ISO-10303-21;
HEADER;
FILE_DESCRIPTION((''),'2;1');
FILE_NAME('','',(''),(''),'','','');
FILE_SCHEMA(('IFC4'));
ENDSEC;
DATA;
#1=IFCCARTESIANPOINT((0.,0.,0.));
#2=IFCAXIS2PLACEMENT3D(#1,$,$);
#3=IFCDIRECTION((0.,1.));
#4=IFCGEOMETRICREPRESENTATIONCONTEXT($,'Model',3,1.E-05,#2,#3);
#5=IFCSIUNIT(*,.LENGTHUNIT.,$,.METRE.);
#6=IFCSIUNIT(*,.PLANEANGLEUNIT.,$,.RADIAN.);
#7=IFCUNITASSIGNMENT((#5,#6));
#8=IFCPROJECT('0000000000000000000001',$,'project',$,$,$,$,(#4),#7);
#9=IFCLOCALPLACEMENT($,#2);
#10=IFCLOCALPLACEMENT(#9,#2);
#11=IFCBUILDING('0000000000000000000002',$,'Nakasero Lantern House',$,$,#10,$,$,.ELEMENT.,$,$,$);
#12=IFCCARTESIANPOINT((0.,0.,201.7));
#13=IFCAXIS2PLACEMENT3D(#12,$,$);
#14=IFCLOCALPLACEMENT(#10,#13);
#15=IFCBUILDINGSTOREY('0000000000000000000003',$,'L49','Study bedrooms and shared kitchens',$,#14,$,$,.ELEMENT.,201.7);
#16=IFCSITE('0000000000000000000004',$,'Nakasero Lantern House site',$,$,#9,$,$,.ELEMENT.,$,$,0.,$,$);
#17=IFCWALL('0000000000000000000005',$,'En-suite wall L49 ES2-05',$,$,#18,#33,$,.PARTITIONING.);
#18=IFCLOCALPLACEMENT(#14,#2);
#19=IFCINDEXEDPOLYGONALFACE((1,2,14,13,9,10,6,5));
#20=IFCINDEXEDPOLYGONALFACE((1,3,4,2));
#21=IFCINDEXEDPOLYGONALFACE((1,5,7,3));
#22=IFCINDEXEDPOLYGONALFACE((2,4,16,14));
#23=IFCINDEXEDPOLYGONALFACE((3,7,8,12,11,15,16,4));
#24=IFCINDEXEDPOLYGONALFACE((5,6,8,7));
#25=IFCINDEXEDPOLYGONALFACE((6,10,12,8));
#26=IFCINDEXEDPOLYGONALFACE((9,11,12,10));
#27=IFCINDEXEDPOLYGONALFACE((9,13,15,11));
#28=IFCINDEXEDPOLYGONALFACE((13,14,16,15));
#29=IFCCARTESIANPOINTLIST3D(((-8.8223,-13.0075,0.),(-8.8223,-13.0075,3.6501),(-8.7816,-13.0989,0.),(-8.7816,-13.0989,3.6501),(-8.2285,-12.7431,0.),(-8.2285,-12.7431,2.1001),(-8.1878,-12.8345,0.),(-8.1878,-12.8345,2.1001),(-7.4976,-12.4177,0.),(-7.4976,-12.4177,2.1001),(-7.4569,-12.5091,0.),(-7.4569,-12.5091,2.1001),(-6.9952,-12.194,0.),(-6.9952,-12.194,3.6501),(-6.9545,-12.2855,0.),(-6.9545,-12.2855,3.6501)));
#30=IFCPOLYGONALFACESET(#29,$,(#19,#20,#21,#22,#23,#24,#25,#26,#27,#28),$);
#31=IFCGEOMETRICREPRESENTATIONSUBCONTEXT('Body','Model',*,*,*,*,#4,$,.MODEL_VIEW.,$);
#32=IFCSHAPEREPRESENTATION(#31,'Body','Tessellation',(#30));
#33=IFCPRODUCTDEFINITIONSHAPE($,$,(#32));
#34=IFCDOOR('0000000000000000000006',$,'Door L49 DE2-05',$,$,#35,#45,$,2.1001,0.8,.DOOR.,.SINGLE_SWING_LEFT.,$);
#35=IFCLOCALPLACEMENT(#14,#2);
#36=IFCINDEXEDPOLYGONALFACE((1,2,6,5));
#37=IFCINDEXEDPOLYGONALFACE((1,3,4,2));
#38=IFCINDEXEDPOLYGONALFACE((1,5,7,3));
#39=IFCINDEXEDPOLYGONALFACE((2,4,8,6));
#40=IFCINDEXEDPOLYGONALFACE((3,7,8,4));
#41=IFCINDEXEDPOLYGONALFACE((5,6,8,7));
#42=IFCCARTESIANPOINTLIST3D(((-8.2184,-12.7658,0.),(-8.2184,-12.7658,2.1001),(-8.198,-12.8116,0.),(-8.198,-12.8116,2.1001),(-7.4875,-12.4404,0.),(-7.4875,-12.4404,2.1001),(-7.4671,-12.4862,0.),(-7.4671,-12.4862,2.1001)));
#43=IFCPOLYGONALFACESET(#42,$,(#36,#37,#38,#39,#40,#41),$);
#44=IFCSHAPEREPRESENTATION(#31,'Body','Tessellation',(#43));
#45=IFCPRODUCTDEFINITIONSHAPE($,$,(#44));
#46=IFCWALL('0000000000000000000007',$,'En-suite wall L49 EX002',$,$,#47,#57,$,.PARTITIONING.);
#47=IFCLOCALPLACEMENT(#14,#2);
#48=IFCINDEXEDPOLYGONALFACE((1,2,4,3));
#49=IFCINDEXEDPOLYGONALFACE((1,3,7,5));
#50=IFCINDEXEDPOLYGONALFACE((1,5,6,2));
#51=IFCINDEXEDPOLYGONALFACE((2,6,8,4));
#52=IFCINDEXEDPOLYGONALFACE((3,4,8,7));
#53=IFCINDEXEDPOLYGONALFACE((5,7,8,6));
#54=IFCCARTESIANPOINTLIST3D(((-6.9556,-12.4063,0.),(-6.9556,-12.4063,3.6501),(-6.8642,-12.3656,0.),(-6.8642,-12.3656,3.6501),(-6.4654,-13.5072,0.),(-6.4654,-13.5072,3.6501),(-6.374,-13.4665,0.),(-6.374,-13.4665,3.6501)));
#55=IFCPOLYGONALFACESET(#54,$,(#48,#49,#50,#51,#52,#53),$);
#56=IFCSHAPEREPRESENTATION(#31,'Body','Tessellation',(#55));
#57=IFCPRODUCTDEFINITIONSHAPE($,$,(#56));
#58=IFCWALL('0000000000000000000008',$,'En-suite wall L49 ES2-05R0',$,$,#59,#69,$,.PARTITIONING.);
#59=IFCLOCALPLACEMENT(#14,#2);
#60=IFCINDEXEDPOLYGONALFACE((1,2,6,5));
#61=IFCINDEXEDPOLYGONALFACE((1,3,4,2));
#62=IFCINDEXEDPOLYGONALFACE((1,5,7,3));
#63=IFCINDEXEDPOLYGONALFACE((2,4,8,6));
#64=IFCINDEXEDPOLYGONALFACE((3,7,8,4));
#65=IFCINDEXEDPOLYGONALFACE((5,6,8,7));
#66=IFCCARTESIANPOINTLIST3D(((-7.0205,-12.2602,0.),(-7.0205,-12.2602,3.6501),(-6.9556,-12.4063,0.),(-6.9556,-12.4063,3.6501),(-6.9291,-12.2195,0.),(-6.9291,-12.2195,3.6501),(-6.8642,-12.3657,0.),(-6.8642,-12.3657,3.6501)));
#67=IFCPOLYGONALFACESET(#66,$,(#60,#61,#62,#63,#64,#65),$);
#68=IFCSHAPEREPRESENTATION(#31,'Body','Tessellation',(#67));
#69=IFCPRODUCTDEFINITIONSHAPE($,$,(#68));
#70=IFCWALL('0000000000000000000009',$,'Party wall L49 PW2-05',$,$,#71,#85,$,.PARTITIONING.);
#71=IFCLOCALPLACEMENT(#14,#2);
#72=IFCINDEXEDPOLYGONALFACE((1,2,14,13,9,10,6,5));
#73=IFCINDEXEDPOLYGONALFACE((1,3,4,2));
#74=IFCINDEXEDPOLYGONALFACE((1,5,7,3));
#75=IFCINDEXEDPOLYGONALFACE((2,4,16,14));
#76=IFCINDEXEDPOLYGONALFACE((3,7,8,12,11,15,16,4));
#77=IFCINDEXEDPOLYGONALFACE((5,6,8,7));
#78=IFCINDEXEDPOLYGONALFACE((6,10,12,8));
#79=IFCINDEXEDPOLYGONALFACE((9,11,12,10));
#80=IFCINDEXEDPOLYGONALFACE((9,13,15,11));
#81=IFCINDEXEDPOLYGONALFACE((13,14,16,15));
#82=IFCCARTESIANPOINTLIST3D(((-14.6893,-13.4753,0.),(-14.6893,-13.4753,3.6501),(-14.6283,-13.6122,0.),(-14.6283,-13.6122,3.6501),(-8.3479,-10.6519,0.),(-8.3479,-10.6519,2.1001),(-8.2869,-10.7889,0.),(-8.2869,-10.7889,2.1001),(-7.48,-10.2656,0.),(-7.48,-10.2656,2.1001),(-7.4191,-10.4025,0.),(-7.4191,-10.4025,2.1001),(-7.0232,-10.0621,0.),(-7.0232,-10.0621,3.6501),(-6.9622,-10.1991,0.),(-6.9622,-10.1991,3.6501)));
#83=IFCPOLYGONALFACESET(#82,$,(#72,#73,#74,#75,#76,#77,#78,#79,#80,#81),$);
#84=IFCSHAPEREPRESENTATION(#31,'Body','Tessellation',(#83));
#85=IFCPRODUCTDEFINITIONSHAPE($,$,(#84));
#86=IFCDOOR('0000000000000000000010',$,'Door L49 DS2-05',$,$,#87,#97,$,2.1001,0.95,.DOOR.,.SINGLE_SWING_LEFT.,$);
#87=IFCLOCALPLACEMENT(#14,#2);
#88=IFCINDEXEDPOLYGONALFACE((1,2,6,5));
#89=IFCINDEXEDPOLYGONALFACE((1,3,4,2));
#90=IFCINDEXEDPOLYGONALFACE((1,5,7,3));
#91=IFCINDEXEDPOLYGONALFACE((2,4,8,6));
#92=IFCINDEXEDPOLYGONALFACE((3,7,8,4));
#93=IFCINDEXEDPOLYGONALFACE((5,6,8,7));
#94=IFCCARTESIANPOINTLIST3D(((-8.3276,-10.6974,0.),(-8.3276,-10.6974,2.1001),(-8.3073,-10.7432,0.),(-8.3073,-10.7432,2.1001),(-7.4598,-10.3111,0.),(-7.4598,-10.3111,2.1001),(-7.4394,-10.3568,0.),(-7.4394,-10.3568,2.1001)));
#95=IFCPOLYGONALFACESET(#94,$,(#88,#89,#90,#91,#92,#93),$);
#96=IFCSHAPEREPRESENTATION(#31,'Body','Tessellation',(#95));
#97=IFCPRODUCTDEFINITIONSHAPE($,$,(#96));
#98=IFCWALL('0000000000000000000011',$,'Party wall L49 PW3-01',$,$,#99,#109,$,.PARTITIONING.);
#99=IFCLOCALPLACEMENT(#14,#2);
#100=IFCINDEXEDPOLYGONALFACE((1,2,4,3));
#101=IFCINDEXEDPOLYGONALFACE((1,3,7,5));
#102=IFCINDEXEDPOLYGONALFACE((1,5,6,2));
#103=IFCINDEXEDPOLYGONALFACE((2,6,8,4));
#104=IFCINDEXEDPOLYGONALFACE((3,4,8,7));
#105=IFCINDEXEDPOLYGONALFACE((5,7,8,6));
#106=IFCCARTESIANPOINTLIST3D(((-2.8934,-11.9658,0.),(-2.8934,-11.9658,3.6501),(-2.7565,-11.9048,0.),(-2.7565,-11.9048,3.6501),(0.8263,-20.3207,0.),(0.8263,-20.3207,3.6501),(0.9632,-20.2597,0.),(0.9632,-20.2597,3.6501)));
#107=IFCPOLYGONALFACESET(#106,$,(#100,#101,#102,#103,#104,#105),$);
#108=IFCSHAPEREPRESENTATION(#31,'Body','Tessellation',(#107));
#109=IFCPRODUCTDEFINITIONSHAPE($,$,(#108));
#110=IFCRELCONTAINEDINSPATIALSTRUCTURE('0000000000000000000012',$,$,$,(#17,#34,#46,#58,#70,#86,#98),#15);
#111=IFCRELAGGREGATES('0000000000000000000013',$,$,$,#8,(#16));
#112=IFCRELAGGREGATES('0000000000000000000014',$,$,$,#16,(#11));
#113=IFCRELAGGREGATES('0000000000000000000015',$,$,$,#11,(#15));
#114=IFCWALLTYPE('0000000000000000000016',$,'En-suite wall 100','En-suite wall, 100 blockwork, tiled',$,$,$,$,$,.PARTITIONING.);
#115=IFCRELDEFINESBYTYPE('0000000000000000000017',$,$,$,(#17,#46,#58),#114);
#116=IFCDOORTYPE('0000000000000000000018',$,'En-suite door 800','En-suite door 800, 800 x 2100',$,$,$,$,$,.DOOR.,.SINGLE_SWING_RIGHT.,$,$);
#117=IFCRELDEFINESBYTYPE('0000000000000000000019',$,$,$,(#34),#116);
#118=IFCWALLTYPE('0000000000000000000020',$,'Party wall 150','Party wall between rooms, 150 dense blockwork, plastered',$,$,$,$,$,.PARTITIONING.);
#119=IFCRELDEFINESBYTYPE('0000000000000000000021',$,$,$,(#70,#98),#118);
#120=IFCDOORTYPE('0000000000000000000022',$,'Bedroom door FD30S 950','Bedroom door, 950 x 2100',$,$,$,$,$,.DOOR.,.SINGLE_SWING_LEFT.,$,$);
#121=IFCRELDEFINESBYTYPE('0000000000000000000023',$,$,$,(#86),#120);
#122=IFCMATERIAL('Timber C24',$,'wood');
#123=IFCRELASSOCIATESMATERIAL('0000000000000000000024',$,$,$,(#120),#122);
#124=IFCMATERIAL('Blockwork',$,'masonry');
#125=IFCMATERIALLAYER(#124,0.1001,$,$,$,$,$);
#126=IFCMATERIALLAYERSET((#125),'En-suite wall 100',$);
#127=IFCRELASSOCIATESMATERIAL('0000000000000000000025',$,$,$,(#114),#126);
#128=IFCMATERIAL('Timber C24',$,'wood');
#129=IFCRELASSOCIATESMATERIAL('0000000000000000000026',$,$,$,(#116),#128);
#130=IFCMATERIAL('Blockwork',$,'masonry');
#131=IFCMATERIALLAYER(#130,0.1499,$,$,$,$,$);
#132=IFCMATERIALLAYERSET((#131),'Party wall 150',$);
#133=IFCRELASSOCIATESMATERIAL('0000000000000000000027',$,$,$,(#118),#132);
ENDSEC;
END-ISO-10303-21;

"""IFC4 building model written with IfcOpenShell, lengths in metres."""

from ifc_helpers import new_model, si_unit, direction, frame, frame_2d, origin, place, context, subcontext, project, spatial, rectangle, extrude, material, layer, layer_set, type_object, element, fill, save


model = new_model("IFC4")

# Units and contexts
model_context = context("Model", 3, precision=1e-05, world=origin(), true_north=direction((0.0, 1.0)))
body_context = subcontext(model_context, "Body", "Model", "MODEL_VIEW")
ifc_project = project(units=[si_unit("LENGTHUNIT", "METRE"), si_unit("PLANEANGLEUNIT", "RADIAN")], contexts=[model_context])

# Site, building, storey
site_placement = place(None, origin())
site = spatial("IfcSite", under=ifc_project, at=site_placement, Name="Nakasero Lantern House site", CompositionType="ELEMENT", RefElevation=0.0)
building_placement = place(site_placement, origin())
building = spatial("IfcBuilding", under=site, at=building_placement, Name="Nakasero Lantern House", CompositionType="ELEMENT")
storey_placement = place(building_placement, frame((0.0, 0.0, 201.7)))
storey = spatial("IfcBuildingStorey", under=building, at=storey_placement, Name="L49", Description="Study bedrooms and shared kitchens", CompositionType="ELEMENT", Elevation=201.7)

# Wall, opening, door
ifc_material_1 = material(Name="Timber C24", Category="wood")
door_type_1 = type_object("IfcDoorType", Name="Bedroom door FD30S 950", Description="Bedroom door, 950 x 2100", OperationType="SINGLE_SWING_LEFT", PredefinedType="DOOR", material=ifc_material_1)
ifc_material_2 = material(Name="Blockwork", Category="masonry")
ifc_layer_1 = layer(ifc_material_2, 0.1001)
ifc_layer_set_1 = layer_set([ifc_layer_1], Name="En-suite wall 100")
wall_type_1 = type_object("IfcWallType", Name="En-suite wall 100", Description="En-suite wall, 100 blockwork, tiled", PredefinedType="PARTITIONING", material=ifc_layer_set_1)
wall_1_placement = place(storey_placement, frame((-6.9749, -12.2397, 0.0), z_axis=(0.0, 0.0, 1.0), x_axis=(-0.91355, -0.406727, 0.0)))
wall_1 = element("IfcWall", 1, at=wall_1_placement, inside=storey, type_object=wall_type_1, Name="En-suite wall L49 ES2-05", PredefinedType="PARTITIONING", context=body_context, shape_type="SweptSolid", body=[
    extrude(rectangle(XDim=2.0, YDim=0.1001, at=frame_2d((1.0, 0.0))), origin(), (0.0, 0.0, 1.0), 3.6501),
])
opening_1_placement = place(wall_1_placement, frame((0.55, 0.0, 0.0)))
opening_1 = element("IfcOpeningElement", 2, at=opening_1_placement, cuts=wall_1, PredefinedType="OPENING", context=body_context, shape_type="SweptSolid", body=[
    extrude(rectangle(XDim=0.8, YDim=2.1001, at=frame_2d((0.3999, 1.05))), frame((0.0, 0.0701, 0.0), z_axis=(0.0, -1.0, 0.0), x_axis=(1.0, 0.0, 0.0)), (0.0, 0.0, 1.0), 0.1401),
])
ifc_material_3 = material(Name="Timber C24", Category="wood")
door_type_2 = type_object("IfcDoorType", Name="En-suite door 800", Description="En-suite door 800, 800 x 2100", OperationType="SINGLE_SWING_RIGHT", PredefinedType="DOOR", material=ifc_material_3)
door_1_placement = place(opening_1_placement, origin())
door_1 = element("IfcDoor", 3, at=door_1_placement, inside=storey, type_object=door_type_2, Name="Door L49 DE2-05", OperationType="SINGLE_SWING_LEFT", OverallHeight=2.1001, OverallWidth=0.8, PredefinedType="DOOR", context=body_context, shape_type="SweptSolid", body=[
    extrude(rectangle(XDim=0.8, YDim=2.1001, at=frame_2d((0.3999, 1.05))), frame((0.0, 0.0249, 0.0), z_axis=(0.0, -1.0, 0.0), x_axis=(1.0, 0.0, 0.0)), (0.0, 0.0, 1.0), 0.05),
])
fill(opening_1, door_1)

# Walls
wall_2_placement = place(storey_placement, frame((-6.4197, -13.4868, 0.0), z_axis=(0.0, 0.0, 1.0), x_axis=(-0.406815, 0.913511, 0.0)))
element("IfcWall", 4, at=wall_2_placement, inside=storey, type_object=wall_type_1, Name="En-suite wall L49 EX002", PredefinedType="PARTITIONING", context=body_context, shape_type="SweptSolid", body=[
    extrude(rectangle(XDim=1.2051, YDim=0.1001, at=frame_2d((0.6025, 0.0))), origin(), (0.0, 0.0, 1.0), 3.6501),
])
wall_3_placement = place(storey_placement, frame((-6.9749, -12.2397, 0.0), z_axis=(0.0, 0.0, 1.0), x_axis=(0.405855, -0.913937, 0.0)))
element("IfcWall", 5, at=wall_3_placement, inside=storey, type_object=wall_type_1, Name="En-suite wall L49 ES2-05R0", PredefinedType="PARTITIONING", context=body_context, shape_type="SweptSolid", body=[
    extrude(rectangle(XDim=0.1599, YDim=0.1001, at=frame_2d((0.0801, 0.0))), origin(), (0.0, 0.0, 1.0), 3.6501),
])

# Wall, opening, door
ifc_material_4 = material(Name="Blockwork", Category="masonry")
ifc_layer_2 = layer(ifc_material_4, 0.1499)
ifc_layer_set_2 = layer_set([ifc_layer_2], Name="Party wall 150")
wall_type_2 = type_object("IfcWallType", Name="Party wall 150", Description="Party wall between rooms, 150 dense blockwork, plastered", PredefinedType="PARTITIONING", material=ifc_layer_set_2)
wall_4_placement = place(storey_placement, frame((-6.9927, -10.1306, 0.0), z_axis=(0.0, 0.0, 1.0), x_axis=(-0.913547, -0.406732, 0.0)))
wall_4 = element("IfcWall", 6, at=wall_4_placement, inside=storey, type_object=wall_type_2, Name="Party wall L49 PW2-05", PredefinedType="PARTITIONING", context=body_context, shape_type="SweptSolid", body=[
    extrude(rectangle(XDim=8.3916, YDim=0.1499, at=frame_2d((4.1958, 0.0))), origin(), (0.0, 0.0, 1.0), 3.6501),
])
opening_2_placement = place(wall_4_placement, frame((0.5, 0.0, 0.0)))
opening_2 = element("IfcOpeningElement", 7, at=opening_2_placement, cuts=wall_4, PredefinedType="OPENING", context=body_context, shape_type="SweptSolid", body=[
    extrude(rectangle(XDim=0.95, YDim=2.1001, at=frame_2d((0.4751, 1.05))), frame((0.0, 0.095, 0.0), z_axis=(0.0, -1.0, 0.0), x_axis=(1.0, 0.0, 0.0)), (0.0, 0.0, 1.0), 0.1899),
])
door_2_placement = place(opening_2_placement, origin())
door_2 = element("IfcDoor", 8, at=door_2_placement, inside=storey, type_object=door_type_1, Name="Door L49 DS2-05", OperationType="SINGLE_SWING_LEFT", OverallHeight=2.1001, OverallWidth=0.95, PredefinedType="DOOR", context=body_context, shape_type="SweptSolid", body=[
    extrude(rectangle(XDim=0.95, YDim=2.1001, at=frame_2d((0.4751, 1.05))), frame((0.0, 0.0249, 0.0), z_axis=(0.0, -1.0, 0.0), x_axis=(1.0, 0.0, 0.0)), (0.0, 0.0, 1.0), 0.05),
])
fill(opening_2, door_2)

# Wall
wall_5_placement = place(storey_placement, frame((-2.825, -11.9353, 0.0), z_axis=(0.0, 0.0, 1.0), x_axis=(0.406723, -0.913552, 0.0)))
element("IfcWall", 9, at=wall_5_placement, inside=storey, type_object=wall_type_2, Name="Party wall L49 PW3-01", PredefinedType="PARTITIONING", context=body_context, shape_type="SweptSolid", body=[
    extrude(rectangle(XDim=9.1455, YDim=0.1499, at=frame_2d((4.5728, 0.0))), origin(), (0.0, 0.0, 1.0), 3.6501),
])

save(model, "model.ifc")
